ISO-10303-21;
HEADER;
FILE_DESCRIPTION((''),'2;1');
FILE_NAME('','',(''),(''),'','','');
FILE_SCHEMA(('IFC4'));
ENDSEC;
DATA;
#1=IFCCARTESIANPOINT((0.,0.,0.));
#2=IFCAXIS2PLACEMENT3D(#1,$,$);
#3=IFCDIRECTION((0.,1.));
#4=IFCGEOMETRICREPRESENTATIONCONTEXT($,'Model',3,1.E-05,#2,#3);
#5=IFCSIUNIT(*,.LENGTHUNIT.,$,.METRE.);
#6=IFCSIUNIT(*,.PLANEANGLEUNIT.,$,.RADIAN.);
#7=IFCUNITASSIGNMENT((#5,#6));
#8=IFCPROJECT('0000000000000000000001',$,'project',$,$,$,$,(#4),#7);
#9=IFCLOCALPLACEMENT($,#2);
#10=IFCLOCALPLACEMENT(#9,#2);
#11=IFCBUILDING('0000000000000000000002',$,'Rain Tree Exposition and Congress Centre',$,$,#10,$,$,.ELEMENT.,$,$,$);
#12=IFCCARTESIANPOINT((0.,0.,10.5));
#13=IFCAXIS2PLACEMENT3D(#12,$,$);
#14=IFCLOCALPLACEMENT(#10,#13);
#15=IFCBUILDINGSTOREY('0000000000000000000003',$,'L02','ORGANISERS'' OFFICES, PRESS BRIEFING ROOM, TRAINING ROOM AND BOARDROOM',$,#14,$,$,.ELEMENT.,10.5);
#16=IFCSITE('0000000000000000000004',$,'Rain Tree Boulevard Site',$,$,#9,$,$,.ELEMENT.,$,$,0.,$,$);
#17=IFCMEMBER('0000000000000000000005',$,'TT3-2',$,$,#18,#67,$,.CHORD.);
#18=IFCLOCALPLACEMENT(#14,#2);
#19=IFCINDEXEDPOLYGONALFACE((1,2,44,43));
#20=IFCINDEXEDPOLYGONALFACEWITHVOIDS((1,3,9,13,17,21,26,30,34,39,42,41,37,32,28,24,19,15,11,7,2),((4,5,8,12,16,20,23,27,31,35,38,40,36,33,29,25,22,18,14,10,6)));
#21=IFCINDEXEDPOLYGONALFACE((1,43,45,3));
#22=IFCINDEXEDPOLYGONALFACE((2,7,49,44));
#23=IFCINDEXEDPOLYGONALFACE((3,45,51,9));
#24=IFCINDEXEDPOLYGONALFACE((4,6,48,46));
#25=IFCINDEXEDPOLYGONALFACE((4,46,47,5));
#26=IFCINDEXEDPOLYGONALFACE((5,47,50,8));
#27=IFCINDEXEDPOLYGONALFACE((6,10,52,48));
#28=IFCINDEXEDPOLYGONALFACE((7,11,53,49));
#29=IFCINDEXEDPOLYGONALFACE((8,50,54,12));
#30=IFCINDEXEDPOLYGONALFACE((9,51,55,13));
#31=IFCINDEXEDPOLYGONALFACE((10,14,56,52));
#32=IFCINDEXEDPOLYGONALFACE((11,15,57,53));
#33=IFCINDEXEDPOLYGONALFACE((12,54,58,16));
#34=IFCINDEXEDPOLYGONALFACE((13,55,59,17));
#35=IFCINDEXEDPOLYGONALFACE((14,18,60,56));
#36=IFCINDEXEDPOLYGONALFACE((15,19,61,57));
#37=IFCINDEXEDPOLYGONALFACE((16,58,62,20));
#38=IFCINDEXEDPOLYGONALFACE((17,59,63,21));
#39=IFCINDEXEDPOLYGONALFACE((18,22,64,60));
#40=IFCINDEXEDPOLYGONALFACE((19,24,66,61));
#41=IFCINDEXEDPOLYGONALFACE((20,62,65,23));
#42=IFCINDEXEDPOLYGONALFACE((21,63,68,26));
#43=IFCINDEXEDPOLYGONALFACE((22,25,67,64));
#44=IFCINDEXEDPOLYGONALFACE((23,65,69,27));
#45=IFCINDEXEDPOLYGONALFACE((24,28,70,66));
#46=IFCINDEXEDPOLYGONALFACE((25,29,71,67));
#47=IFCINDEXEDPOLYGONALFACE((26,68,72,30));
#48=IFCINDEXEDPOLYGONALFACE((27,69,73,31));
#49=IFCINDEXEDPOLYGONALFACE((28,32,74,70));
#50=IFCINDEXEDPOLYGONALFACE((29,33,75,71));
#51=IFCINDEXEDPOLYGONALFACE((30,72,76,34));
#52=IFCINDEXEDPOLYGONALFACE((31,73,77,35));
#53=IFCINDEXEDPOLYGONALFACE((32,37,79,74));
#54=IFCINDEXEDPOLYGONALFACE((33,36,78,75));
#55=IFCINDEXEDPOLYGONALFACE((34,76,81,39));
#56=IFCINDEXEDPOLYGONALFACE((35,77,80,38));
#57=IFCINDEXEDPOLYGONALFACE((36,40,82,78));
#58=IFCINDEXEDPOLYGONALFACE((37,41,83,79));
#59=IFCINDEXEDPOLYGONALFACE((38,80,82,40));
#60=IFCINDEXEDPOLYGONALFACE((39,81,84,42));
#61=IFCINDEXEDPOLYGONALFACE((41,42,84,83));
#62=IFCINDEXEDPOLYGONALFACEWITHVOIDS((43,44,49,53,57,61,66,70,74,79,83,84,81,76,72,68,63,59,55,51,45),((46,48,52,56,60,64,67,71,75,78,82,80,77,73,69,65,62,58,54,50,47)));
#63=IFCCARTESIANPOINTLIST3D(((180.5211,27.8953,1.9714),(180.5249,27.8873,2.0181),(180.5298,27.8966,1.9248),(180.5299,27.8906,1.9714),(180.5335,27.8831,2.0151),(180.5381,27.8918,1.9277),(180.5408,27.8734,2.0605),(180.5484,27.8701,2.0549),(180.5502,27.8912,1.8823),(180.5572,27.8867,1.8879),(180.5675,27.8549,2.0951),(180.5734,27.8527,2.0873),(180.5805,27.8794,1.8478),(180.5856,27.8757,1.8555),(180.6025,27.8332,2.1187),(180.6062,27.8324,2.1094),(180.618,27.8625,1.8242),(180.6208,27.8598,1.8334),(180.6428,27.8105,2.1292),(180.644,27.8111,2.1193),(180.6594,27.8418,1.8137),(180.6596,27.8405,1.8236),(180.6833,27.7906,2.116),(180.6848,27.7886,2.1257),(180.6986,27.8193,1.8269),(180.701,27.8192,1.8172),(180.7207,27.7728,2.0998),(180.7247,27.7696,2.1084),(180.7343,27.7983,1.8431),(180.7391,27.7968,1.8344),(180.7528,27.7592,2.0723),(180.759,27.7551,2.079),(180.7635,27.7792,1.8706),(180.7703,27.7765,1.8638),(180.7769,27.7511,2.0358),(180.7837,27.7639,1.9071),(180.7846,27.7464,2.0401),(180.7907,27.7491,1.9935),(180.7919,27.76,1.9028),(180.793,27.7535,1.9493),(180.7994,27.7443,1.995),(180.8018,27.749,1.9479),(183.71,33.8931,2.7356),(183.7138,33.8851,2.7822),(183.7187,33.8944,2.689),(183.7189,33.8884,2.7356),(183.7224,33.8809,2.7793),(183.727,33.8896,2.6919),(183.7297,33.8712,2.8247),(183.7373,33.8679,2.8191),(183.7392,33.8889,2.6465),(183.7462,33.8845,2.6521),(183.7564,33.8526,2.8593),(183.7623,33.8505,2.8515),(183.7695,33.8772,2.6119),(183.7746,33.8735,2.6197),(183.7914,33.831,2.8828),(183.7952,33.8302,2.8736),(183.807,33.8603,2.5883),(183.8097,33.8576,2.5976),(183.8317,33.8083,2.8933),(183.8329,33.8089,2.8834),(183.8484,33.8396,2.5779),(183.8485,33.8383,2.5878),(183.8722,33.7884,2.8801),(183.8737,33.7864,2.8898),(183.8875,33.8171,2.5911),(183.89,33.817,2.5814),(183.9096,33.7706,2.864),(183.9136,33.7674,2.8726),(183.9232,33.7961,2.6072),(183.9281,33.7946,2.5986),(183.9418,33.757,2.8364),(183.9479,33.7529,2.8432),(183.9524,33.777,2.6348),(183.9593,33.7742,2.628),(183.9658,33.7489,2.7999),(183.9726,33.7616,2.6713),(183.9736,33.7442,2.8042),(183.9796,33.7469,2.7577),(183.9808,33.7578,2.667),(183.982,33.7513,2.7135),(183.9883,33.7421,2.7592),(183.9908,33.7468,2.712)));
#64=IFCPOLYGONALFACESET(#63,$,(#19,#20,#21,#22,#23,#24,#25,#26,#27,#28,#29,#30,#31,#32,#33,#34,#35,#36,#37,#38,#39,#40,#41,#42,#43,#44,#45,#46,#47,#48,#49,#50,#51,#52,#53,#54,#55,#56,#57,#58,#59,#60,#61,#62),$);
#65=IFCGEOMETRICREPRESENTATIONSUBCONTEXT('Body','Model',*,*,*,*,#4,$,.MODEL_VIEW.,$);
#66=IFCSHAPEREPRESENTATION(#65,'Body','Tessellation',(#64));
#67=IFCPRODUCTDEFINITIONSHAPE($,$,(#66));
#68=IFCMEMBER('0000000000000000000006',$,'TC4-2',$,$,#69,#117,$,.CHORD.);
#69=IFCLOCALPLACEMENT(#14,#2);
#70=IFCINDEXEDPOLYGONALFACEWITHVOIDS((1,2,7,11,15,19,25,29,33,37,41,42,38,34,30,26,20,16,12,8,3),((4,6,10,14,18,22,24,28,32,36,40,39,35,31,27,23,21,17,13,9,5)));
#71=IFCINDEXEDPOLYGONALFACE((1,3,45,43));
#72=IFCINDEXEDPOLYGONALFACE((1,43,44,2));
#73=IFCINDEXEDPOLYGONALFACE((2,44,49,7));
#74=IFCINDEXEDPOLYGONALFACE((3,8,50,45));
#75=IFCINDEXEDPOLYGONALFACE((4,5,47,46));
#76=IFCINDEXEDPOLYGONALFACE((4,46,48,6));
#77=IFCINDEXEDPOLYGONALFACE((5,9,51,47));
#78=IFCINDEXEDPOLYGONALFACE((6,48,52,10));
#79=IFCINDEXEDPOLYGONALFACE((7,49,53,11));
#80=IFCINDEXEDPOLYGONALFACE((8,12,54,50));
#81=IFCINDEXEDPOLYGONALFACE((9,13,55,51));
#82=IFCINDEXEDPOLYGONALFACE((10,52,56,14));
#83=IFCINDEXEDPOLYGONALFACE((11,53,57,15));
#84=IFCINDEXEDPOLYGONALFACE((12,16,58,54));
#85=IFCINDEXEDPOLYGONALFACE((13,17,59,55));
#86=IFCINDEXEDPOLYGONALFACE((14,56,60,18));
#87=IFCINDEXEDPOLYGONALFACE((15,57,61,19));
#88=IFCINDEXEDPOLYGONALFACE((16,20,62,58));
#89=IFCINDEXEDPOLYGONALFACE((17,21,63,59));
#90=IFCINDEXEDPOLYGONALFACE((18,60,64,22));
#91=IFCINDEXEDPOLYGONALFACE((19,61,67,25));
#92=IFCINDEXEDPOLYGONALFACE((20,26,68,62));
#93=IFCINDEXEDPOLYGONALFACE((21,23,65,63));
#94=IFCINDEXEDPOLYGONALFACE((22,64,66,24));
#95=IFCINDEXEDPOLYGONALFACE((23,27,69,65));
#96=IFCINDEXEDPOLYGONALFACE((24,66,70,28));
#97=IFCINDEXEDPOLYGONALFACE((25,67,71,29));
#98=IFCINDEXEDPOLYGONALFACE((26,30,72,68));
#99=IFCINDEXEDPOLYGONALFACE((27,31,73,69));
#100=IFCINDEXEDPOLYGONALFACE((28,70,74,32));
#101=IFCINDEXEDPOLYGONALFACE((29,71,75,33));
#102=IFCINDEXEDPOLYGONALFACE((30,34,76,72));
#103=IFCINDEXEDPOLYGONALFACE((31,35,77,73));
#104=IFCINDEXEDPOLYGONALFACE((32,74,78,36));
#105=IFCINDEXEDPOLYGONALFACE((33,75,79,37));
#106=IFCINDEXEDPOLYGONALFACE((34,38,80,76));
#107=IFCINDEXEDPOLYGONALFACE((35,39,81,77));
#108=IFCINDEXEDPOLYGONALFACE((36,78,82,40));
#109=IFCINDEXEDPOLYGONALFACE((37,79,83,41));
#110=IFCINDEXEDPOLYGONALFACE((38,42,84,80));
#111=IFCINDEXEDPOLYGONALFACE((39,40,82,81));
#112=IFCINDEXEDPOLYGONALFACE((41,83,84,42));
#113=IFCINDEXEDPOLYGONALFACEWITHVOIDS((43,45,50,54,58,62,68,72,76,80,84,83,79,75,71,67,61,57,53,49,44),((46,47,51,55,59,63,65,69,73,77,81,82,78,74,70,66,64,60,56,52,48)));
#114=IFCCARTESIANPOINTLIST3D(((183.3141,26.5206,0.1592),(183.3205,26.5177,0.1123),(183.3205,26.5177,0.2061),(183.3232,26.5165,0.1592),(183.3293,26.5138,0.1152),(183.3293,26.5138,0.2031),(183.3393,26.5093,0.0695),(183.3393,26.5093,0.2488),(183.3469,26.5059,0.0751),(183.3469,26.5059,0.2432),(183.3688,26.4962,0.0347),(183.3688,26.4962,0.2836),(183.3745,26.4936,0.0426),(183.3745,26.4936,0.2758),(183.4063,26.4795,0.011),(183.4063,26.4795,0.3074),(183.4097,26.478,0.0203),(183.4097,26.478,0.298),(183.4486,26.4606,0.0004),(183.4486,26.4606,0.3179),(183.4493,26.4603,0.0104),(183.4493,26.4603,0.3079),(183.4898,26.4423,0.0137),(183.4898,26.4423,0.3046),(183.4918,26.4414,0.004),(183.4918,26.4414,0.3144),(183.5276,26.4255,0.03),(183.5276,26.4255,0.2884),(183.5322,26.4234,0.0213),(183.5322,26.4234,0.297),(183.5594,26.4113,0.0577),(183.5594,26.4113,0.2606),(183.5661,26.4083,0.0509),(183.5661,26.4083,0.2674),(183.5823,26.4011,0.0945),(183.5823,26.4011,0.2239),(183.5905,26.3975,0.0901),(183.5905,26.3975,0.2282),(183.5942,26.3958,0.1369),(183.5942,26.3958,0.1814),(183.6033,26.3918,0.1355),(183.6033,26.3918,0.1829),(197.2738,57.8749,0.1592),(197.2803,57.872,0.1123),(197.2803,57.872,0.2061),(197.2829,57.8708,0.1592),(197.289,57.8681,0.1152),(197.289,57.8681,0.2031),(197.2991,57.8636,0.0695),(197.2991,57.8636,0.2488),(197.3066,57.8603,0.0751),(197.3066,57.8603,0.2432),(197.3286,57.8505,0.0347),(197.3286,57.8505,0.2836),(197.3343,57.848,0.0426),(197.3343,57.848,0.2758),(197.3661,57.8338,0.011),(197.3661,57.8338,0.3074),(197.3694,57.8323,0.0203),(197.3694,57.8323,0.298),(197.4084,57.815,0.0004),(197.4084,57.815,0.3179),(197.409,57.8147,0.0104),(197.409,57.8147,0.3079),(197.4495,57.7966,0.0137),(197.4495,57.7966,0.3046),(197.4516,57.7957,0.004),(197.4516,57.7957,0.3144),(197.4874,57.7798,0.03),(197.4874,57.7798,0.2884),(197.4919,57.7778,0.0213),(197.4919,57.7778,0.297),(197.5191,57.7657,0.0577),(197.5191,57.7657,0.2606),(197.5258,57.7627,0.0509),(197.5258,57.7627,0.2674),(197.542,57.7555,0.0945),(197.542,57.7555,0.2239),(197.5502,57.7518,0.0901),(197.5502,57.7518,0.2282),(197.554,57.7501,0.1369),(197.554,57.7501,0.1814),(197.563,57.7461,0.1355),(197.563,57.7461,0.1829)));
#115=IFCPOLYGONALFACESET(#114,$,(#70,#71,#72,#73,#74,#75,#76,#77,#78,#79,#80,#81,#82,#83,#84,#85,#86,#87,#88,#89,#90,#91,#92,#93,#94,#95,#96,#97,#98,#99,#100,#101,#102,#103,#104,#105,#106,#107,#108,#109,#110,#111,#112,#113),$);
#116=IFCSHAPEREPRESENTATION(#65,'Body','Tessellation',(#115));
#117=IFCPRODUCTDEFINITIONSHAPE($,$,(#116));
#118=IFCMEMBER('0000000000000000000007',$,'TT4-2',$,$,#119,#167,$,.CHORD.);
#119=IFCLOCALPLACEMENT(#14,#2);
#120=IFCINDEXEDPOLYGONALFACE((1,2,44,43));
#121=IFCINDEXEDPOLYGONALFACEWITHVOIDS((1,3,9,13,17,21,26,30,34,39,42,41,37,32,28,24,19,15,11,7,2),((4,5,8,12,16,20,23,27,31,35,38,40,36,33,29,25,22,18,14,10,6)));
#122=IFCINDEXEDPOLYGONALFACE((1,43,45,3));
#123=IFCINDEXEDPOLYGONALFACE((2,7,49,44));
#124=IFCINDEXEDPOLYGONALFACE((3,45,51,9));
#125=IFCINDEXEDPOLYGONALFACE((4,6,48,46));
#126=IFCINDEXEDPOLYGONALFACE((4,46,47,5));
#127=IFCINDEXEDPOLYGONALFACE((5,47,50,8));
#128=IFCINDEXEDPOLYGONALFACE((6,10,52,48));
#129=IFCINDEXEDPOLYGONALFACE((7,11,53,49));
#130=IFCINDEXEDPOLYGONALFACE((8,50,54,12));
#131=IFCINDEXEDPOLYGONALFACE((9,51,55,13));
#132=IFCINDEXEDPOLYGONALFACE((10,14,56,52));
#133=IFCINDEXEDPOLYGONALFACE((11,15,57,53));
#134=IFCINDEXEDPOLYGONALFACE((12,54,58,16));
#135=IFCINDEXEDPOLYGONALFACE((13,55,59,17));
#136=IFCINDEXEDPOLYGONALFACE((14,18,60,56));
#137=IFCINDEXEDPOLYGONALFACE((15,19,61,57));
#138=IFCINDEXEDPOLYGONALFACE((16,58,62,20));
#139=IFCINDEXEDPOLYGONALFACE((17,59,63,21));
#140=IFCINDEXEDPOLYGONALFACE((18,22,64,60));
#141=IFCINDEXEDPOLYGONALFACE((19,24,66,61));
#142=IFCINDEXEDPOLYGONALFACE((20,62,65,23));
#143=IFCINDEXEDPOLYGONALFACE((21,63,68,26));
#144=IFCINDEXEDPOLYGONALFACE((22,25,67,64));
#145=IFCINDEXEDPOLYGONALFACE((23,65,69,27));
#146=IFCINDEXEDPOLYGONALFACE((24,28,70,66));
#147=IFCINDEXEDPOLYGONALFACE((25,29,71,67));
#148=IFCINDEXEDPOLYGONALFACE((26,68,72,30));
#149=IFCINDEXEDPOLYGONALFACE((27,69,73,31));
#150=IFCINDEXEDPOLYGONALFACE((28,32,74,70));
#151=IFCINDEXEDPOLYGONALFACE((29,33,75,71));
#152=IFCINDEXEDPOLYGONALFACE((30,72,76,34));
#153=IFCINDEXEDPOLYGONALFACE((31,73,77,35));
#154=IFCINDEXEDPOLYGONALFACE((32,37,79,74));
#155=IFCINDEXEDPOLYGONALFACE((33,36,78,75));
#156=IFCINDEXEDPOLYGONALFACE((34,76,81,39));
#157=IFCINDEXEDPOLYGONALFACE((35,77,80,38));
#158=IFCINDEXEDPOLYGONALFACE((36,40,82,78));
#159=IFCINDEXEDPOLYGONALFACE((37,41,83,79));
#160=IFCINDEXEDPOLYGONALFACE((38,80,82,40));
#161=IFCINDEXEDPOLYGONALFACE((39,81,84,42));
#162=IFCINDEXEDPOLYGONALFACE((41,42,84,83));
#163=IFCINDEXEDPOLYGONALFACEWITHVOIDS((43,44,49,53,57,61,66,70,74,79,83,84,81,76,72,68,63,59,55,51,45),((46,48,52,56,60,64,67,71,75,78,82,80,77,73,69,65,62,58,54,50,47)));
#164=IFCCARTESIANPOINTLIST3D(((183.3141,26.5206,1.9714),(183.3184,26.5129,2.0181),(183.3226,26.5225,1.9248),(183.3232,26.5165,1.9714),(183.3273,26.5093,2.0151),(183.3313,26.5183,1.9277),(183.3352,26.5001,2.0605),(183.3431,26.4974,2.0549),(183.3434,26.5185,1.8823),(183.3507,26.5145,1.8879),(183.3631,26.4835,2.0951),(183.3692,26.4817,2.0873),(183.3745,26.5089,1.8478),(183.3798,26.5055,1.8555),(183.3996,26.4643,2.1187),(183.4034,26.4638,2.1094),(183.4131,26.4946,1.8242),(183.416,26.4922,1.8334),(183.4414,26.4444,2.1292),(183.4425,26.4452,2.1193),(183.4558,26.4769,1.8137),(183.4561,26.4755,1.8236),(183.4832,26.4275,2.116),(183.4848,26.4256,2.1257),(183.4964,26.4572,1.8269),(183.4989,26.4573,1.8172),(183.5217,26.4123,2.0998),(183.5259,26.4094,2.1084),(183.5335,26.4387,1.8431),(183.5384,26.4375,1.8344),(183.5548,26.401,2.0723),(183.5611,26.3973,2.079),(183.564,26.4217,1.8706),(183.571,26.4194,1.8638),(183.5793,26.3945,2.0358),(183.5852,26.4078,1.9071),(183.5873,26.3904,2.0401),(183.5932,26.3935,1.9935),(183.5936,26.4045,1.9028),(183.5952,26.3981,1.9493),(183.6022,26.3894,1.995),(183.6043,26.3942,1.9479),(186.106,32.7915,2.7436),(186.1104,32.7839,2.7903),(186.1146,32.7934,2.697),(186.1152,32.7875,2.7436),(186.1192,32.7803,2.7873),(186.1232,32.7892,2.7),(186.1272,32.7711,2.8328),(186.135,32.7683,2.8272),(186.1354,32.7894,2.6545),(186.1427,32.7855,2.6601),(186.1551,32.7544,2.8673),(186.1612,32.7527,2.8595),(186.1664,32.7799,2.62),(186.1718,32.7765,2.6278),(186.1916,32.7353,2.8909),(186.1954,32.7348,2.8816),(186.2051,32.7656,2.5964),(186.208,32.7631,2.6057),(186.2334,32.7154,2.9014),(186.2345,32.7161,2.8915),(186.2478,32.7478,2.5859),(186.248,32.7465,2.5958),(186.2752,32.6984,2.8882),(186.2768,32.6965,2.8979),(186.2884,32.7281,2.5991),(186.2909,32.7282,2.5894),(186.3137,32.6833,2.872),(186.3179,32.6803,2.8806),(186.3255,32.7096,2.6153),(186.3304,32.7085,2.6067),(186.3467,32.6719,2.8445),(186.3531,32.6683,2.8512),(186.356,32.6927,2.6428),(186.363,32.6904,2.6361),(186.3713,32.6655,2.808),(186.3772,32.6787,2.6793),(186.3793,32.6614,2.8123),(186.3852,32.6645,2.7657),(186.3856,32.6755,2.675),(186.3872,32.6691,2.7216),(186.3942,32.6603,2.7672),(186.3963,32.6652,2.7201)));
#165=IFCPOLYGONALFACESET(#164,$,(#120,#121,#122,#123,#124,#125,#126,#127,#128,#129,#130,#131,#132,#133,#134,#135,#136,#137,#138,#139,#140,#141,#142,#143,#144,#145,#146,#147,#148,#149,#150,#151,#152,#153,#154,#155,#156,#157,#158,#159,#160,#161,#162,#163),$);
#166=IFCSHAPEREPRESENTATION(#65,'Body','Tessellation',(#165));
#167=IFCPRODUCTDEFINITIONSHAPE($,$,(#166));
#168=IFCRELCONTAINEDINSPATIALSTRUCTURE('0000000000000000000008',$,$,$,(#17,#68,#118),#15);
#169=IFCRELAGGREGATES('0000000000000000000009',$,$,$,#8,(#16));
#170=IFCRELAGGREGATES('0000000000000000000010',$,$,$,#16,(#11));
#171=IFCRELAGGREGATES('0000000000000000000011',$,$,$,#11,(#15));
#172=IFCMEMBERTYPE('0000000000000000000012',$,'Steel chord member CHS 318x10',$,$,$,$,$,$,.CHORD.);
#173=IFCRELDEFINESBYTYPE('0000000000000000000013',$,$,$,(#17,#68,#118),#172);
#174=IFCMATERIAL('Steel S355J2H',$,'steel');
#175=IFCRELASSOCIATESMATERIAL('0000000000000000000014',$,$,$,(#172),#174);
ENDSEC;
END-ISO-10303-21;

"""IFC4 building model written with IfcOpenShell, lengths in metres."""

from ifc_helpers import new_model, si_unit, direction, frame, origin, origin_2d, place, context, subcontext, project, spatial, hollow_circle, extrude, material, material_profile, profile_set, type_object, element, save


model = new_model("IFC4")

# Units and contexts
model_context = context("Model", 3, precision=1e-05, world=origin(), true_north=direction((0.0, 1.0)))
body_context = subcontext(model_context, "Body", "Model", "MODEL_VIEW")
ifc_project = project(units=[si_unit("LENGTHUNIT", "METRE"), si_unit("PLANEANGLEUNIT", "RADIAN")], contexts=[model_context])

# Site, building, storey
site_placement = place(None, origin())
site = spatial("IfcSite", under=ifc_project, at=site_placement, Name="Rain Tree Boulevard Site", CompositionType="ELEMENT", RefElevation=0.0)
building_placement = place(site_placement, origin())
building = spatial("IfcBuilding", under=site, at=building_placement, Name="Rain Tree Exposition and Congress Centre", CompositionType="ELEMENT")
storey_placement = place(building_placement, frame((0.0, 0.0, 10.5)))
storey = spatial("IfcBuildingStorey", under=building, at=storey_placement, Name="L02", Description="ORGANISERS' OFFICES, PRESS BRIEFING ROOM, TRAINING ROOM AND BOARDROOM", CompositionType="ELEMENT", Elevation=10.5)

# Members
ifc_material_1 = material(Name="Steel S355J2H", Category="steel")
ifc_material_profile_1 = material_profile(ifc_material_1, hollow_circle(Radius=0.1592, WallThickness=0.01, at=origin_2d()), Name="CHS 318x10")
ifc_profile_set_1 = profile_set([ifc_material_profile_1], Name="Steel S355J2H")
member_type_1 = type_object("IfcMemberType", Name="Steel chord member CHS 318x10", PredefinedType="CHORD", material=ifc_profile_set_1)
member_1_placement = place(storey_placement, frame((180.6616, 27.8206, 1.9714), z_axis=(0.466515, 0.877421, 0.111789), x_axis=(-0.882955, 0.469457, 0.0)))
element("IfcMember", 1, at=member_1_placement, inside=storey, type_object=member_type_1, Name="TT3-2", PredefinedType="CHORD", context=body_context, shape_type="SweptSolid", body=[
    extrude(hollow_circle(Radius=0.1592, WallThickness=0.01, at=origin_2d()), origin(), (0.0, 0.0, 1.0), 6.8357),
])
member_2_placement = place(storey_placement, frame((183.4595, 26.4558, 0.1592), z_axis=(0.406734, 0.913546, 0.0), x_axis=(-0.913546, 0.406734, 0.0)))
element("IfcMember", 2, at=member_2_placement, inside=storey, type_object=member_type_1, Name="TC4-2", PredefinedType="CHORD", context=body_context, shape_type="SweptSolid", body=[
    extrude(hollow_circle(Radius=0.1592, WallThickness=0.01, at=origin_2d()), origin(), (0.0, 0.0, 1.0), 34.3215),
])
member_3_placement = place(storey_placement, frame((183.4595, 26.4558, 1.9714), z_axis=(0.404183, 0.907821, 0.11179), x_axis=(-0.913547, 0.406732, 0.0)))
element("IfcMember", 3, at=member_3_placement, inside=storey, type_object=member_type_1, Name="TT4-2", PredefinedType="CHORD", context=body_context, shape_type="SweptSolid", body=[
    extrude(hollow_circle(Radius=0.1592, WallThickness=0.01, at=origin_2d()), origin(), (0.0, 0.0, 1.0), 6.9077),
])

save(model, "model.ifc")
